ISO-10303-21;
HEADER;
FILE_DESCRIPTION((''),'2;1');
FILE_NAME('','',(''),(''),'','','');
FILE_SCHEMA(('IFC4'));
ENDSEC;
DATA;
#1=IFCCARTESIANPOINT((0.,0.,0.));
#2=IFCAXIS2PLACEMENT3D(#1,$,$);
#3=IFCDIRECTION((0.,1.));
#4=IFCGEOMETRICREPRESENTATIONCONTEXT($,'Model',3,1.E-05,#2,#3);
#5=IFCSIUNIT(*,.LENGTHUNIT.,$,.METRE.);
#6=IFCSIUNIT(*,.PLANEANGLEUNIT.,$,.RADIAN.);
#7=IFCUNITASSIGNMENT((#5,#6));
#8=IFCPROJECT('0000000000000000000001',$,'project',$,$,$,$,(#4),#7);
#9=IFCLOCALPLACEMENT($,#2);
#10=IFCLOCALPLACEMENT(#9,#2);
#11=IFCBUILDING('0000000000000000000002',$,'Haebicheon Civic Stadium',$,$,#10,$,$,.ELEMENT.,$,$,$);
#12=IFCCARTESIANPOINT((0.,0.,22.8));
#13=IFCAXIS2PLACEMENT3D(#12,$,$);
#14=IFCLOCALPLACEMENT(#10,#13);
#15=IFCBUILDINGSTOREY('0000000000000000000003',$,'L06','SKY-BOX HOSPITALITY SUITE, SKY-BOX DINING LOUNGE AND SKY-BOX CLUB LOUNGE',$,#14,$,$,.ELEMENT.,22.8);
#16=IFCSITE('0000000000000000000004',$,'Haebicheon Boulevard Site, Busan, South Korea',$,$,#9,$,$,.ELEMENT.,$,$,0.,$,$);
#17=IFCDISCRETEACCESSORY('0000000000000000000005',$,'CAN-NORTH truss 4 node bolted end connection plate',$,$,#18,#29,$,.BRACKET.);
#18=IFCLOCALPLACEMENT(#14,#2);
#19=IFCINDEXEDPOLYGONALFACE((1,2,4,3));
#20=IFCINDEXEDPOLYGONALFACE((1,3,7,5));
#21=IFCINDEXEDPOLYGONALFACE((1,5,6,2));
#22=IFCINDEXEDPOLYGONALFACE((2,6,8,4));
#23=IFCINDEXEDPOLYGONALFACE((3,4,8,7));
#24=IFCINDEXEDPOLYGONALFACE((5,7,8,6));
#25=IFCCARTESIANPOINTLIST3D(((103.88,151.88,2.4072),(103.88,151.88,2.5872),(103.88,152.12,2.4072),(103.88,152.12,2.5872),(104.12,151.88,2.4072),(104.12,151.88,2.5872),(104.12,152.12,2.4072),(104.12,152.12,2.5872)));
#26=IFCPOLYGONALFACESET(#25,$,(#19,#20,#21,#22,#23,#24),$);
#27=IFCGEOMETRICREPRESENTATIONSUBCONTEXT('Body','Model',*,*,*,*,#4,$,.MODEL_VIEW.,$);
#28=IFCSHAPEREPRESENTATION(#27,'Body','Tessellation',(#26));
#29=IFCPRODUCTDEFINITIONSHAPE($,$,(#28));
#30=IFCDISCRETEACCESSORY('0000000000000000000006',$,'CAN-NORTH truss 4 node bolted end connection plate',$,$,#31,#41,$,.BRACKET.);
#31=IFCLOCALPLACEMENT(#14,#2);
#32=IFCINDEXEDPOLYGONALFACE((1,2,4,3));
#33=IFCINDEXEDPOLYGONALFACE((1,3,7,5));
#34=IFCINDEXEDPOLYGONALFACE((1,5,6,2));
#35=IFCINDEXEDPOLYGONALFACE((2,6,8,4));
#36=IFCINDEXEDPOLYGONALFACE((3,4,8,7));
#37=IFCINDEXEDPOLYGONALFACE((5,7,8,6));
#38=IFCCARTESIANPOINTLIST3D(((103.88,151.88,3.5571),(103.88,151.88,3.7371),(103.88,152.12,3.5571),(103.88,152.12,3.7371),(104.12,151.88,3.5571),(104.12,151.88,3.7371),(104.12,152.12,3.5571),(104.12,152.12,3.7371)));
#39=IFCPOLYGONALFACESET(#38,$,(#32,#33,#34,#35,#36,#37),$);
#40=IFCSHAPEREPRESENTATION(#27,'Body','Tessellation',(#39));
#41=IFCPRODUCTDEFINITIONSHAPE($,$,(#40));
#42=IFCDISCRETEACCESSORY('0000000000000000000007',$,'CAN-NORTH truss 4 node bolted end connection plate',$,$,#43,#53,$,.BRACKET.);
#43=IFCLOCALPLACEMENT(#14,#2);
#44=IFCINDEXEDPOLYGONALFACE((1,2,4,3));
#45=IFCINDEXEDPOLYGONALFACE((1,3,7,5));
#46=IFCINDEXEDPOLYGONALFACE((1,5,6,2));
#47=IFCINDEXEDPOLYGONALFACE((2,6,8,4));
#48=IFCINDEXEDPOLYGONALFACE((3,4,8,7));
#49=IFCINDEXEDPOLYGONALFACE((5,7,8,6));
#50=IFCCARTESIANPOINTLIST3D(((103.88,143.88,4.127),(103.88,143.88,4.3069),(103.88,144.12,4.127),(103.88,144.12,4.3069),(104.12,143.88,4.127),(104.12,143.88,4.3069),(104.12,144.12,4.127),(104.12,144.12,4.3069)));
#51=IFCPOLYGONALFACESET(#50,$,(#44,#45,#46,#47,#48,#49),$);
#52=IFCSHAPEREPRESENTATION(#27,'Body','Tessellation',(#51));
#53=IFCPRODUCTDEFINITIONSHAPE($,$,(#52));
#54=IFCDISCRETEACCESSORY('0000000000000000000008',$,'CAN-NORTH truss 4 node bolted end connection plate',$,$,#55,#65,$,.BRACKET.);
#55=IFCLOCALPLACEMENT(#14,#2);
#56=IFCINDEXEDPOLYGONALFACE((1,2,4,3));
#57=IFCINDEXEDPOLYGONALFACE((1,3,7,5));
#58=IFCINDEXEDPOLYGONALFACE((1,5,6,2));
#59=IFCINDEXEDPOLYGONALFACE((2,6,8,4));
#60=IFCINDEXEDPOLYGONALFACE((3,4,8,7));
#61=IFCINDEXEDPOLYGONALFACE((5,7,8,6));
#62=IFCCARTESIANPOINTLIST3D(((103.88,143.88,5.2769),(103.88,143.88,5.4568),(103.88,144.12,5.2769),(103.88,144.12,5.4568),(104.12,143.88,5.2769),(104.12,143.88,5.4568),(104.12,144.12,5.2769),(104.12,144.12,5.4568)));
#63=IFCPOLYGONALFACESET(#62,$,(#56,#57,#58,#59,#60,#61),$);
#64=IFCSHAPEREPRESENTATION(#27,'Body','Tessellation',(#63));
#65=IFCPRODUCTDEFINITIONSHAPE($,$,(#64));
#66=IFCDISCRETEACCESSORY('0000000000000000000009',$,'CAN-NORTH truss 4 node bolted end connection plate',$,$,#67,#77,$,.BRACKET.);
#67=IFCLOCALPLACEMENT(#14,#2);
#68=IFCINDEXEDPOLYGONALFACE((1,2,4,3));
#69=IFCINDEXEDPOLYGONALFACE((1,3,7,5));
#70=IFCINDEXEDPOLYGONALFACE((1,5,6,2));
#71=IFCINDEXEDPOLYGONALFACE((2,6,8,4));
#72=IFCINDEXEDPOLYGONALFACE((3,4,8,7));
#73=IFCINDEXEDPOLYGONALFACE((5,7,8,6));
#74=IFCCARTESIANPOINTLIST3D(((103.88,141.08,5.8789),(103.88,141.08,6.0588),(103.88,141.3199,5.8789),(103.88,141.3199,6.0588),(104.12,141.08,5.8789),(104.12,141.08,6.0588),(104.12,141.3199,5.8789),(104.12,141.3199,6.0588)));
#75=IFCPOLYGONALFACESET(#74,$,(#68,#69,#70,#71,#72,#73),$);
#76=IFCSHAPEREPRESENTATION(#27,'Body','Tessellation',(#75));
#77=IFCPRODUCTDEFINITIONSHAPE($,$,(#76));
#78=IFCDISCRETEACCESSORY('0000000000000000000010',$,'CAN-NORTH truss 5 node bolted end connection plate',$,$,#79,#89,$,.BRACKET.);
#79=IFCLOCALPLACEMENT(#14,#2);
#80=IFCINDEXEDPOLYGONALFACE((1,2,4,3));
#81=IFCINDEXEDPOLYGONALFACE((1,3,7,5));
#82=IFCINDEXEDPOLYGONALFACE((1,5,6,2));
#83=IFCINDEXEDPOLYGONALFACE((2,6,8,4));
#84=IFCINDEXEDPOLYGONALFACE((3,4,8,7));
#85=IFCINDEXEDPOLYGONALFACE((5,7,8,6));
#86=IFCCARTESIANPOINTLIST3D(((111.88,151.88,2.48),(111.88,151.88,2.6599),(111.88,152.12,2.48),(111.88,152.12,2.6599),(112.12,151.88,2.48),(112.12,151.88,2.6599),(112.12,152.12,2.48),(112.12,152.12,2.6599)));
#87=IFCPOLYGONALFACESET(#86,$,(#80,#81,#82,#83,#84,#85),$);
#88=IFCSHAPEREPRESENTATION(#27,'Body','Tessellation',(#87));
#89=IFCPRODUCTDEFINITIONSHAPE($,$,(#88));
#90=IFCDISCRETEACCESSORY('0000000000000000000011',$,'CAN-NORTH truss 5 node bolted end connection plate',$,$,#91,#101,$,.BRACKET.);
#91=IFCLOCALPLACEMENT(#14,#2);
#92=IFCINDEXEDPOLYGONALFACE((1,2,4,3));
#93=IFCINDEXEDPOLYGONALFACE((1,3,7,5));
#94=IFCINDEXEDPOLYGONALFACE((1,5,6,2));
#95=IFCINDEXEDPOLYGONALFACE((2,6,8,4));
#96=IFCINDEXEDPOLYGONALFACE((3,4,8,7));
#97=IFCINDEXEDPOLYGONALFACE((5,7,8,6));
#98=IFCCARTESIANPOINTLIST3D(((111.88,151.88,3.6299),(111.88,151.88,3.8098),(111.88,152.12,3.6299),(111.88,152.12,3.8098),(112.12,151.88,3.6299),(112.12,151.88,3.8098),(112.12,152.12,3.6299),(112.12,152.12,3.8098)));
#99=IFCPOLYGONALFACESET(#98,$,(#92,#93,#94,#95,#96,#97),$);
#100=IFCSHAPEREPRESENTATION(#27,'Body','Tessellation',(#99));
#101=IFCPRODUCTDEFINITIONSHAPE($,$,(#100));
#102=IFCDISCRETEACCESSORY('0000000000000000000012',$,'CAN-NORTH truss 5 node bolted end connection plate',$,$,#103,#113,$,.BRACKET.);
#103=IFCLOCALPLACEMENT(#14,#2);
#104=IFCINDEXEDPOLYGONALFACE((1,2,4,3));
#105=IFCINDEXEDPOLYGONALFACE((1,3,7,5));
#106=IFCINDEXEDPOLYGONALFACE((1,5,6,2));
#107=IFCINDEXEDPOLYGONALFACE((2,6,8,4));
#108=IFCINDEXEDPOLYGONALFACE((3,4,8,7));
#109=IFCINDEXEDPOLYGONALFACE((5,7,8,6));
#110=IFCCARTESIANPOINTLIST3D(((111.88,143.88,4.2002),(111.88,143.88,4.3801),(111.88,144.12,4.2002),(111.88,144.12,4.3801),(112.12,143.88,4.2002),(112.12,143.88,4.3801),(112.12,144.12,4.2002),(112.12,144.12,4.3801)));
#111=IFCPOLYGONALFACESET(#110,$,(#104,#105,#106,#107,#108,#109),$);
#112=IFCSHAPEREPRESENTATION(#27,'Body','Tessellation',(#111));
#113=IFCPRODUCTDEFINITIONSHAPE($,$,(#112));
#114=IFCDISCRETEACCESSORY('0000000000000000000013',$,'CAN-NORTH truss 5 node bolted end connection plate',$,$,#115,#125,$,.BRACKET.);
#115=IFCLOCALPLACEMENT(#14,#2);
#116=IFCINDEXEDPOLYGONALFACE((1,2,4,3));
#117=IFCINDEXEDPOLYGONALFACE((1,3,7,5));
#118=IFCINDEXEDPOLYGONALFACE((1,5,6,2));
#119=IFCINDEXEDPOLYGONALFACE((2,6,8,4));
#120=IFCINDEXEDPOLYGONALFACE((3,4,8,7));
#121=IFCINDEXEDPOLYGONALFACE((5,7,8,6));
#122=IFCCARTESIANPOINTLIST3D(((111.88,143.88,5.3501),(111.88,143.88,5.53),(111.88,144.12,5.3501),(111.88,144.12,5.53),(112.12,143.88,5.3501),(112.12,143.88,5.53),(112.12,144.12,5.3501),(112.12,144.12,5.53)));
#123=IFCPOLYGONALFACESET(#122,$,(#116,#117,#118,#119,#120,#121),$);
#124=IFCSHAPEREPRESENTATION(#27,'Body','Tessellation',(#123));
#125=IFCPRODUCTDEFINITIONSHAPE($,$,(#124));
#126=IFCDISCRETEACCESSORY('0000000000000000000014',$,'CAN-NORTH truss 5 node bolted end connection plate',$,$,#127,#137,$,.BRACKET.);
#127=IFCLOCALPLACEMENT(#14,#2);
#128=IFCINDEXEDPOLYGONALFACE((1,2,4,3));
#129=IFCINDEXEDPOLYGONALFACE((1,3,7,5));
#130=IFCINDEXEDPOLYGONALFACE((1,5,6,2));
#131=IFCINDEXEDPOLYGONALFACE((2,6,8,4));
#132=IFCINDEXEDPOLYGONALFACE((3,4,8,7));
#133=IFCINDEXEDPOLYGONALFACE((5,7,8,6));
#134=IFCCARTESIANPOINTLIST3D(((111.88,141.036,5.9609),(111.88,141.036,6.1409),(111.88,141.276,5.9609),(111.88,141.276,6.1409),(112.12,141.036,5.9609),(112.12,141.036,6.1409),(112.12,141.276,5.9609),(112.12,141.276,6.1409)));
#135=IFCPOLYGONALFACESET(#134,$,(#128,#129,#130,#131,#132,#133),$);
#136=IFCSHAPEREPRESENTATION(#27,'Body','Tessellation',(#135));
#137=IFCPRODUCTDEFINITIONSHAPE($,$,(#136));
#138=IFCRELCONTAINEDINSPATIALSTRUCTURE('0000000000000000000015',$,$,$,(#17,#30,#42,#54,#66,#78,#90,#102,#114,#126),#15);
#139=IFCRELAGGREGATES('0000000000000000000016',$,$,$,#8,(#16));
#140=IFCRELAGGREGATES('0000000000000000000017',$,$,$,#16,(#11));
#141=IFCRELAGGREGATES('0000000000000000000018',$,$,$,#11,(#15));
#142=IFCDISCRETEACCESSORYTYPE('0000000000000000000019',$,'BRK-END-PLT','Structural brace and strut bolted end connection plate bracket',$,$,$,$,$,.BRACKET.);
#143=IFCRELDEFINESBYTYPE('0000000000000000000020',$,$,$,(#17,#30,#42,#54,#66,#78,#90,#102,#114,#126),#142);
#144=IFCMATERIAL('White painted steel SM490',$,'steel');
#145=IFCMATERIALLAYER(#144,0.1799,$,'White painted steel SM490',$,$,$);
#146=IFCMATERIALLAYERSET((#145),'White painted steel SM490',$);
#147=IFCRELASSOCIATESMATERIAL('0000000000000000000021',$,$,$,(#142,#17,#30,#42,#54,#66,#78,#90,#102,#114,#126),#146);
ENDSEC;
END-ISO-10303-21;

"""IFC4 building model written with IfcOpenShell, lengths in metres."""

from ifc_helpers import new_model, si_unit, direction, frame, origin, origin_2d, place, context, subcontext, project, spatial, rectangle, extrude, material, layer, layer_set, type_object, element, save


model = new_model("IFC4")

# Units and contexts
model_context = context("Model", 3, precision=1e-05, world=origin(), true_north=direction((0.0, 1.0)))
body_context = subcontext(model_context, "Body", "Model", "MODEL_VIEW")
ifc_project = project(units=[si_unit("LENGTHUNIT", "METRE"), si_unit("PLANEANGLEUNIT", "RADIAN")], contexts=[model_context])

# Site, building, storey
site_placement = place(None, origin())
site = spatial("IfcSite", under=ifc_project, at=site_placement, Name="Haebicheon Boulevard Site, Busan, South Korea", CompositionType="ELEMENT", RefElevation=0.0)
building_placement = place(site_placement, origin())
building = spatial("IfcBuilding", under=site, at=building_placement, Name="Haebicheon Civic Stadium", CompositionType="ELEMENT")
storey_placement = place(building_placement, frame((0.0, 0.0, 22.8)))
storey = spatial("IfcBuildingStorey", under=building, at=storey_placement, Name="L06", Description="SKY-BOX HOSPITALITY SUITE, SKY-BOX DINING LOUNGE AND SKY-BOX CLUB LOUNGE", CompositionType="ELEMENT", Elevation=22.8)

# Discrete accessories
ifc_material_1 = material(Name="White painted steel SM490", Category="steel")
ifc_layer_1 = layer(ifc_material_1, 0.1799, Name="White painted steel SM490")
ifc_layer_set_1 = layer_set([ifc_layer_1], Name="White painted steel SM490")
discrete_accessory_type = type_object("IfcDiscreteAccessoryType", Name="BRK-END-PLT", Description="Structural brace and strut bolted end connection plate bracket", PredefinedType="BRACKET", material=ifc_layer_set_1)
for number, where, z_axis, x_axis, name in (
    (1, (104.0, 152.0, 2.4072), (0.0, 0.0, 1.0), (1.0, 0.0, 0.0), "CAN-NORTH truss 4 node bolted end connection plate"),
    (2, (104.0, 152.0, 3.5571), (0.0, 0.0, 1.0), (1.0, 0.0, 0.0), "CAN-NORTH truss 4 node bolted end connection plate"),
    (3, (104.0, 144.0, 4.127), (0.0, 0.0, 1.0), (1.0, 0.0, 0.0), "CAN-NORTH truss 4 node bolted end connection plate"),
    (4, (104.0, 144.0, 5.2769), (0.0, 0.0, 1.0), (1.0, 0.0, 0.0), "CAN-NORTH truss 4 node bolted end connection plate"),
    (5, (104.0, 141.2, 5.8789), (0.0, 0.0, 1.0), (1.0, 0.0, 0.0), "CAN-NORTH truss 4 node bolted end connection plate"),
    (6, (112.0, 152.0, 2.48), (0.0, 0.0, 1.0), (1.0, 0.0, 0.0), "CAN-NORTH truss 5 node bolted end connection plate"),
    (7, (112.0, 152.0, 3.6299), (0.0, 0.0, 1.0), (1.0, 0.0, 0.0), "CAN-NORTH truss 5 node bolted end connection plate"),
    (8, (112.0, 144.0, 4.2002), (0.0, 0.0, 1.0), (1.0, 0.0, 0.0), "CAN-NORTH truss 5 node bolted end connection plate"),
    (9, (112.0, 144.0, 5.3501), (0.0, 0.0, 1.0), (1.0, 0.0, 0.0), "CAN-NORTH truss 5 node bolted end connection plate"),
    (10, (112.0, 141.156, 5.9609), (0.0, 0.0, 1.0), (1.0, 0.0, 0.0), "CAN-NORTH truss 5 node bolted end connection plate"),
):
    element("IfcDiscreteAccessory", number, at=place(storey_placement, frame(where, z_axis=z_axis, x_axis=x_axis)), inside=storey, type_object=discrete_accessory_type, material=ifc_layer_set_1, Name=name, PredefinedType="BRACKET", context=body_context, shape_type="SweptSolid", body=[
        extrude(rectangle(XDim=0.24, YDim=0.24, at=origin_2d()), origin(), (0.0, 0.0, 1.0), 0.1799),
    ])

save(model, "model.ifc")
